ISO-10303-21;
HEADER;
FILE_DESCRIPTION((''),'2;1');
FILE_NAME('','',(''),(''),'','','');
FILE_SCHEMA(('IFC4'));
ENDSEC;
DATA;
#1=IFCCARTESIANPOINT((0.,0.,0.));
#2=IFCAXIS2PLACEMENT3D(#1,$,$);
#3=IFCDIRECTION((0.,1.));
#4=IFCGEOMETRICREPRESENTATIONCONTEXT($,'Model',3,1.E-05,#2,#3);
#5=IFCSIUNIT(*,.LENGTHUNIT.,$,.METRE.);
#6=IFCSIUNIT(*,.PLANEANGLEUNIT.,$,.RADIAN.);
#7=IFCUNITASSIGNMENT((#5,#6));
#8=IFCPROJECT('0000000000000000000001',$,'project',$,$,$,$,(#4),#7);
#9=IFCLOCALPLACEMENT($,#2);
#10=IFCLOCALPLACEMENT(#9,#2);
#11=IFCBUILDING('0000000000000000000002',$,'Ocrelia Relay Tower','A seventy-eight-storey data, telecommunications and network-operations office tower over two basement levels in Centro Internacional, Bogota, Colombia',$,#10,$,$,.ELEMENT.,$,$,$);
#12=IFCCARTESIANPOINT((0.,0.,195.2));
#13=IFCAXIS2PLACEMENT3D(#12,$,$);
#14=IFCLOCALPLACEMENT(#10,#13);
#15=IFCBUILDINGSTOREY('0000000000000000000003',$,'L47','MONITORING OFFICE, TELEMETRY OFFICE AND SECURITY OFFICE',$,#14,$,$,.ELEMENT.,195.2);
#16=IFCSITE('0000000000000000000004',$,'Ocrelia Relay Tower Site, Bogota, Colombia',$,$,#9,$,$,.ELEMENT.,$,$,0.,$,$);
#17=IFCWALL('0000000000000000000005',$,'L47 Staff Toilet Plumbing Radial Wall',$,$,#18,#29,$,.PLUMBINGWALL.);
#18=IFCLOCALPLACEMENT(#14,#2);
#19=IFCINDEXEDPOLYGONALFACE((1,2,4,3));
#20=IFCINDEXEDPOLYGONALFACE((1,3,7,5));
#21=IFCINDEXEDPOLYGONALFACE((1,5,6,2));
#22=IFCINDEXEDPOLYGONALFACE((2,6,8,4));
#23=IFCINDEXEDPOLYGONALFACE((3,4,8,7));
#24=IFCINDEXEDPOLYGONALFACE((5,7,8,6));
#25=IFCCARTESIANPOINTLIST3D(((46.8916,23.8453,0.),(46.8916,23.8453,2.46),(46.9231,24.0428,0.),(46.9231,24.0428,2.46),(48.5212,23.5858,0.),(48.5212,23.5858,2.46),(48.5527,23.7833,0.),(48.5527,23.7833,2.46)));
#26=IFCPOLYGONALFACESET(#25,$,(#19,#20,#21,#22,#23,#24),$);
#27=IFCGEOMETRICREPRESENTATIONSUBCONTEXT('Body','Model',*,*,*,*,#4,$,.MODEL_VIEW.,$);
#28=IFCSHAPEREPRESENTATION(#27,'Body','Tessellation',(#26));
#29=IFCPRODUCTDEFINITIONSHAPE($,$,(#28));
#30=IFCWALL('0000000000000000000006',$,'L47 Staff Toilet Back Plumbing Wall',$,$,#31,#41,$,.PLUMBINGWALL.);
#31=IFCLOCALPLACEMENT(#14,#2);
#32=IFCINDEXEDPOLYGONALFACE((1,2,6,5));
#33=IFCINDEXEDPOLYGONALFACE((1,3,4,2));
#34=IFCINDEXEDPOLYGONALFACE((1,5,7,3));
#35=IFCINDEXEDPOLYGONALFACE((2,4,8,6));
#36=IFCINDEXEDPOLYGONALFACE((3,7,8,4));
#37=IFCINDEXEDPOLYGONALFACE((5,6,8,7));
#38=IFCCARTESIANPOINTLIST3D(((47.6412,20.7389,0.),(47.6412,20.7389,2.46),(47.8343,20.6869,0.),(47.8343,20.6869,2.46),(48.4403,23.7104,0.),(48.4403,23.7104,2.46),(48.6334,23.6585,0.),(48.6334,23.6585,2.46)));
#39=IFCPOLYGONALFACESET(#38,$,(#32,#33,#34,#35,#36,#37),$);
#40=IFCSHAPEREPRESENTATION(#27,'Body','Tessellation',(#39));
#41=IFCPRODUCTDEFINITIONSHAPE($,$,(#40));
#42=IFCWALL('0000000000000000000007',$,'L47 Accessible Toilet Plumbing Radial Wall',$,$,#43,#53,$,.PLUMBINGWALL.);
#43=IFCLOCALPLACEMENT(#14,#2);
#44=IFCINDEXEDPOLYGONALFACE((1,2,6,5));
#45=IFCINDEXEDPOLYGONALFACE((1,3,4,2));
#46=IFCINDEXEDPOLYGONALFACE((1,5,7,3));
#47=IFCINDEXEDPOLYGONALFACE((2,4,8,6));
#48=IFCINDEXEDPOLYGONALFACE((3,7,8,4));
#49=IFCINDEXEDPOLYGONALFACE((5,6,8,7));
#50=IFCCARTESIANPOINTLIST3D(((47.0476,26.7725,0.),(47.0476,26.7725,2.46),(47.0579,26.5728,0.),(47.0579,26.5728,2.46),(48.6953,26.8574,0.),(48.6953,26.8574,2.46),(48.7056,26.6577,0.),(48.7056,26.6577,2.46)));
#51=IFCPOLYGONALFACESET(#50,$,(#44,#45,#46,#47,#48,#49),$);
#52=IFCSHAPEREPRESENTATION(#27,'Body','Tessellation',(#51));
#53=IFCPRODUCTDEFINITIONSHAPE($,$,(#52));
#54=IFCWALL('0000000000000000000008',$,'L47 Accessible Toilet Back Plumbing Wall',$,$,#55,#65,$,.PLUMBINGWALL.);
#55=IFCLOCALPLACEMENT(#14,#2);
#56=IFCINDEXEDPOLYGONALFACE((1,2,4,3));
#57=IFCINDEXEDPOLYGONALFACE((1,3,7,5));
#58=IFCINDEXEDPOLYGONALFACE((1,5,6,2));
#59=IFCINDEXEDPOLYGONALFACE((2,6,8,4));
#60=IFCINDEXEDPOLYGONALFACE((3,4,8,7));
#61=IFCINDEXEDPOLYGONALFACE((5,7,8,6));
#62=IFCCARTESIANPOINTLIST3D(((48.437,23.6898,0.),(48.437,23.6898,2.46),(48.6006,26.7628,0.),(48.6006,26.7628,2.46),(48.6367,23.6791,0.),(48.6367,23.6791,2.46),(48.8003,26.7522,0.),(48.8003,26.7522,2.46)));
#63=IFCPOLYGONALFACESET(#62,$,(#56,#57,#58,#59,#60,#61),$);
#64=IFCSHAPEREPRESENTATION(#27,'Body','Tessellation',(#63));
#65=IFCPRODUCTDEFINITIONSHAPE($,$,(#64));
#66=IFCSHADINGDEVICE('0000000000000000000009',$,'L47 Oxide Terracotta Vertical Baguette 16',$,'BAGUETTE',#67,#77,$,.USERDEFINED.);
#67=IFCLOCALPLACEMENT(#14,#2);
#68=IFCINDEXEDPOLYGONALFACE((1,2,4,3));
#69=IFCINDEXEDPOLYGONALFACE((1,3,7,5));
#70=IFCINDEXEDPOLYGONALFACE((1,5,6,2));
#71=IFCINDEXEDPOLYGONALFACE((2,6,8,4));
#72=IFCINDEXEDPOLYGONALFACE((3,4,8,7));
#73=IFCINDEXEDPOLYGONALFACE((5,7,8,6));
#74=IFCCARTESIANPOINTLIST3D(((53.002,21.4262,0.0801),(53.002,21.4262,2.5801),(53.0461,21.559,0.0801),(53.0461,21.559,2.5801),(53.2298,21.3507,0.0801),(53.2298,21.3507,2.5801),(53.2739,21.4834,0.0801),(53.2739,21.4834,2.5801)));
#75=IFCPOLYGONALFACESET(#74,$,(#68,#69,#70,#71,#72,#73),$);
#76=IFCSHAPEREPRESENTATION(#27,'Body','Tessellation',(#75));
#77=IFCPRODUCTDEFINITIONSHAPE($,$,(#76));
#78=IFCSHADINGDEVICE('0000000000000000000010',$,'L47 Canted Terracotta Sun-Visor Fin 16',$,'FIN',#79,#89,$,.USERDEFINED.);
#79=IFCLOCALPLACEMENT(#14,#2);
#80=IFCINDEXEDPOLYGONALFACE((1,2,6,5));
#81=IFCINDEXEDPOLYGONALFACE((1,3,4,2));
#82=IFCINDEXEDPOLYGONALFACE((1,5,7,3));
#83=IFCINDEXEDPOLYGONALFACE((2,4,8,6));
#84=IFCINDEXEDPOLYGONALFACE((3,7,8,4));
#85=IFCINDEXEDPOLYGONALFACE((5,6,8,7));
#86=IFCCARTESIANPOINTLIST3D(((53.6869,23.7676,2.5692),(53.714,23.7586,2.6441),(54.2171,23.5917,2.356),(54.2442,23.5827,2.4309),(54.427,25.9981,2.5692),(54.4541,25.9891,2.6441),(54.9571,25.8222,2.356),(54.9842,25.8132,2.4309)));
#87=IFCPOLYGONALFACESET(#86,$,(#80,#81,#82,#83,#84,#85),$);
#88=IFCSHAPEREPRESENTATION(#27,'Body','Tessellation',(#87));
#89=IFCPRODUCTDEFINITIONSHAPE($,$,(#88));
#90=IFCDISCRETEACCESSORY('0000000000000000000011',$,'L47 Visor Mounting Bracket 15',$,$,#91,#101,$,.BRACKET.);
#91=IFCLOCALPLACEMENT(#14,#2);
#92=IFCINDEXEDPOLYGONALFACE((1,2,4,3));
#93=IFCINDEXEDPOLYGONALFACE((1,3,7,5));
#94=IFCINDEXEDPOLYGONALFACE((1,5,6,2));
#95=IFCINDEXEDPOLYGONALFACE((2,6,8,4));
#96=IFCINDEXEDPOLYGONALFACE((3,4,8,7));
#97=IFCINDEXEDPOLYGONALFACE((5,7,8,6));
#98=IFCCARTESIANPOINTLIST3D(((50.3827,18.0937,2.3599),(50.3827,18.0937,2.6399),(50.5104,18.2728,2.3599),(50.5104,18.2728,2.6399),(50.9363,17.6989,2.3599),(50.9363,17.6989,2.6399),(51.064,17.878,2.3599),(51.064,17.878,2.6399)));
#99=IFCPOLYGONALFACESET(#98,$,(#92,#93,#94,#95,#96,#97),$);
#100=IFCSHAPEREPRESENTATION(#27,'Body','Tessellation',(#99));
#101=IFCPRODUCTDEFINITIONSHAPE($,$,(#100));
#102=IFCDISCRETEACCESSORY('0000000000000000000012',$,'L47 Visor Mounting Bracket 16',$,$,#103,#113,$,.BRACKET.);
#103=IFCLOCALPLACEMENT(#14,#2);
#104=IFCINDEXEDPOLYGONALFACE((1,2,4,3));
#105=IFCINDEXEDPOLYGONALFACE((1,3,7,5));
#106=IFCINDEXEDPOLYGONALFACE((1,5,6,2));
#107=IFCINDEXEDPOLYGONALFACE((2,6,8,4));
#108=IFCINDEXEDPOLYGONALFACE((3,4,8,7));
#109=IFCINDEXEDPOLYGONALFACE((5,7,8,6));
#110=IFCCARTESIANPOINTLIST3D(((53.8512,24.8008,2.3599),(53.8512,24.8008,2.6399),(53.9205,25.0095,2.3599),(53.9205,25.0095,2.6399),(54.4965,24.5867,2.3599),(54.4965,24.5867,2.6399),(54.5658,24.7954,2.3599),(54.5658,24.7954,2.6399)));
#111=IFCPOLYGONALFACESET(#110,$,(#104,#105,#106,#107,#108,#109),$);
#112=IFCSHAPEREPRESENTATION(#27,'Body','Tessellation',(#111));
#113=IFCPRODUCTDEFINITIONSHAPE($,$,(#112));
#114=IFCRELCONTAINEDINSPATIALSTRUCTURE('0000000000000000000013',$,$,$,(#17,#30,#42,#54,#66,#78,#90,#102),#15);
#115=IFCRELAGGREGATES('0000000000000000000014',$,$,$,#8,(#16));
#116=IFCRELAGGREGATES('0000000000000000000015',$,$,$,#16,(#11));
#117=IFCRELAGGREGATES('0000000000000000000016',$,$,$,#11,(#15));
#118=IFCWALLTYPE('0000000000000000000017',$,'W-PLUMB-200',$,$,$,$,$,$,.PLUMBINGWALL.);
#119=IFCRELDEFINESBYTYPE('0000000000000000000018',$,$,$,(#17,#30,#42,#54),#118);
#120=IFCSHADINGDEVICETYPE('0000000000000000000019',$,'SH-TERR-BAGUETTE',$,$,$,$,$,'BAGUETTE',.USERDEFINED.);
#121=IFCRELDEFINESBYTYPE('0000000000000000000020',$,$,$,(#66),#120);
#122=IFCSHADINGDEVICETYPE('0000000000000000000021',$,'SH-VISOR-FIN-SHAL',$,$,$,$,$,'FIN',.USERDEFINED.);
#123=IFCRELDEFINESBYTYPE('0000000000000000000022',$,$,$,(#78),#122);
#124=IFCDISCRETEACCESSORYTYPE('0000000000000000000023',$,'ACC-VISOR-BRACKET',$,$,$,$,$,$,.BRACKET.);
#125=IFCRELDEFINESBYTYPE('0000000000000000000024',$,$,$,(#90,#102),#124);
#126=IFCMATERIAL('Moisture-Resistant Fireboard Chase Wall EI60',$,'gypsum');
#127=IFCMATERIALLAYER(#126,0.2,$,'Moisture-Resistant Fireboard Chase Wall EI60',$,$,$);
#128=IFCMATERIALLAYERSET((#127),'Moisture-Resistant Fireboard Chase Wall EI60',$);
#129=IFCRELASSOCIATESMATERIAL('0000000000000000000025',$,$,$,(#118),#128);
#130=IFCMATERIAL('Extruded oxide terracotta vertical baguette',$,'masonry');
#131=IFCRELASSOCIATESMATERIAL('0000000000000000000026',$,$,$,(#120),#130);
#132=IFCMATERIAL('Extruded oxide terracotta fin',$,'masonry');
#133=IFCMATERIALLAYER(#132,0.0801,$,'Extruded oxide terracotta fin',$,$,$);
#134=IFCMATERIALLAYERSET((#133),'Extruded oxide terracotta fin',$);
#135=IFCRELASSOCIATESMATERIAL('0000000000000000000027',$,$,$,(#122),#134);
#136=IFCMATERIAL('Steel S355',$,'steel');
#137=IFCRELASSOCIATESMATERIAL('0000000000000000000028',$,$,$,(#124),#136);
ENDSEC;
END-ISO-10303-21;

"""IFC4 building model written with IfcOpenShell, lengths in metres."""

from ifc_helpers import new_model, si_unit, direction, frame, frame_2d, origin, origin_2d, place, context, subcontext, project, spatial, rectangle, extrude, material, layer, layer_set, type_object, element, save


model = new_model("IFC4")

# Units and contexts
model_context = context("Model", 3, precision=1e-05, world=origin(), true_north=direction((0.0, 1.0)))
body_context = subcontext(model_context, "Body", "Model", "MODEL_VIEW")
ifc_project = project(units=[si_unit("LENGTHUNIT", "METRE"), si_unit("PLANEANGLEUNIT", "RADIAN")], contexts=[model_context])

# Site, building, storey
site_placement = place(None, origin())
site = spatial("IfcSite", under=ifc_project, at=site_placement, Name="Ocrelia Relay Tower Site, Bogota, Colombia", CompositionType="ELEMENT", RefElevation=0.0)
building_placement = place(site_placement, origin())
building = spatial("IfcBuilding", under=site, at=building_placement, Name="Ocrelia Relay Tower", Description="A seventy-eight-storey data, telecommunications and network-operations office tower over two basement levels in Centro Internacional, Bogota, Colombia", CompositionType="ELEMENT")
storey_placement = place(building_placement, frame((0.0, 0.0, 195.2)))
storey = spatial("IfcBuildingStorey", under=building, at=storey_placement, Name="L47", Description="MONITORING OFFICE, TELEMETRY OFFICE AND SECURITY OFFICE", CompositionType="ELEMENT", Elevation=195.2)

# Shared definitions
ifc_material_1 = material(Name="Steel S355", Category="steel")

# Walls
ifc_material_2 = material(Name="Moisture-Resistant Fireboard Chase Wall EI60", Category="gypsum")
ifc_layer_1 = layer(ifc_material_2, 0.2, Name="Moisture-Resistant Fireboard Chase Wall EI60")
ifc_layer_set_1 = layer_set([ifc_layer_1], Name="Moisture-Resistant Fireboard Chase Wall EI60")
wall_type_1 = type_object("IfcWallType", Name="W-PLUMB-200", PredefinedType="PLUMBINGWALL", material=ifc_layer_set_1)
for number, where, z_axis, x_axis, name in (
    (1, (46.9072, 23.9441, 0.0), (0.0, 0.0, 1.0), (0.987556, -0.157269, 0.0), "L47 Staff Toilet Plumbing Radial Wall"),
):
    element("IfcWall", number, at=place(storey_placement, frame(where, z_axis=z_axis, x_axis=x_axis)), inside=storey, type_object=wall_type_1, Name=name, PredefinedType="PLUMBINGWALL", context=body_context, shape_type="SweptSolid", body=[
        extrude(rectangle(XDim=1.6501, YDim=0.2, at=frame_2d((0.8252, 0.0))), origin(), (0.0, 0.0, 1.0), 2.46),
    ])
wall_1_placement = place(storey_placement, frame((47.7378, 20.7129, 0.0), z_axis=(0.0, 0.0, 1.0), x_axis=(0.259672, 0.965697, 0.0)))
element("IfcWall", 2, at=wall_1_placement, inside=storey, type_object=wall_type_1, Name="L47 Staff Toilet Back Plumbing Wall", PredefinedType="PLUMBINGWALL", context=body_context, shape_type="SweptSolid", body=[
    extrude(rectangle(XDim=3.0771, YDim=0.2, at=frame_2d((1.5386, 0.0))), origin(), (0.0, 0.0, 1.0), 2.46),
])
wall_2_placement = place(storey_placement, frame((47.0527, 26.6726, 0.0), z_axis=(0.0, 0.0, 1.0), x_axis=(0.998673, 0.051495, 0.0)))
element("IfcWall", 3, at=wall_2_placement, inside=storey, type_object=wall_type_1, Name="L47 Accessible Toilet Plumbing Radial Wall", PredefinedType="PLUMBINGWALL", context=body_context, shape_type="SweptSolid", body=[
    extrude(rectangle(XDim=1.6499, YDim=0.2, at=frame_2d((0.825, 0.0))), origin(), (0.0, 0.0, 1.0), 2.46),
])
wall_3_placement = place(storey_placement, frame((48.5369, 23.6846, 0.0), z_axis=(0.0, 0.0, 1.0), x_axis=(0.053154, 0.998586, 0.0)))
element("IfcWall", 4, at=wall_3_placement, inside=storey, type_object=wall_type_1, Name="L47 Accessible Toilet Back Plumbing Wall", PredefinedType="PLUMBINGWALL", context=body_context, shape_type="SweptSolid", body=[
    extrude(rectangle(XDim=3.0774, YDim=0.2, at=frame_2d((1.5386, 0.0))), origin(), (0.0, 0.0, 1.0), 2.46),
])

# Shading devices
ifc_material_3 = material(Name="Extruded oxide terracotta vertical baguette", Category="masonry")
shading_device_type_1 = type_object("IfcShadingDeviceType", Name="SH-TERR-BAGUETTE", ElementType="BAGUETTE", PredefinedType="USERDEFINED", material=ifc_material_3)
shading_device_1_placement = place(storey_placement, frame((53.1379, 21.4548, 0.0801), z_axis=(0.0, 0.0, 1.0), x_axis=(0.314901, 0.949124, 0.0)))
element("IfcShadingDevice", 5, at=shading_device_1_placement, inside=storey, type_object=shading_device_type_1, Name="L47 Oxide Terracotta Vertical Baguette 16", ObjectType="BAGUETTE", PredefinedType="USERDEFINED", context=body_context, shape_type="SweptSolid", body=[
    extrude(rectangle(XDim=0.1399, YDim=0.24, at=origin_2d()), origin(), (0.0, 0.0, 1.0), 2.5),
])
ifc_material_4 = material(Name="Extruded oxide terracotta fin", Category="masonry")
ifc_layer_2 = layer(ifc_material_4, 0.0801, Name="Extruded oxide terracotta fin")
ifc_layer_set_2 = layer_set([ifc_layer_2], Name="Extruded oxide terracotta fin")
shading_device_type_2 = type_object("IfcShadingDeviceType", Name="SH-VISOR-FIN-SHAL", ElementType="FIN", PredefinedType="USERDEFINED", material=ifc_layer_set_2)
shading_device_2_placement = place(storey_placement, frame((54.322, 24.7949, 2.4626), z_axis=(0.338434, -0.112286, 0.934267), x_axis=(0.314901, 0.949124, 0.0)))
element("IfcShadingDevice", 6, at=shading_device_2_placement, inside=storey, type_object=shading_device_type_2, Name="L47 Canted Terracotta Sun-Visor Fin 16", ObjectType="FIN", PredefinedType="USERDEFINED", context=body_context, shape_type="SweptSolid", body=[
    extrude(rectangle(XDim=2.3501, YDim=0.5979, at=origin_2d()), origin(), (0.0, 0.0, 1.0), 0.0801),
])

# Discrete accessories
discrete_accessory_type = type_object("IfcDiscreteAccessoryType", Name="ACC-VISOR-BRACKET", PredefinedType="BRACKET", material=ifc_material_1)
for number, where, z_axis, x_axis, name in (
    (7, (50.7234, 17.9858, 2.3599), (0.0, 0.0, 1.0), (0.580583, 0.814201, 0.0), "L47 Visor Mounting Bracket 15"),
    (8, (54.2085, 24.7981, 2.3599), (0.0, 0.0, 1.0), (0.314901, 0.949124, 0.0), "L47 Visor Mounting Bracket 16"),
):
    element("IfcDiscreteAccessory", number, at=place(storey_placement, frame(where, z_axis=z_axis, x_axis=x_axis)), inside=storey, type_object=discrete_accessory_type, Name=name, PredefinedType="BRACKET", context=body_context, shape_type="SweptSolid", body=[
        extrude(rectangle(XDim=0.22, YDim=0.6799, at=origin_2d()), origin(), (0.0, 0.0, 1.0), 0.28),
    ])

save(model, "model.ifc")
